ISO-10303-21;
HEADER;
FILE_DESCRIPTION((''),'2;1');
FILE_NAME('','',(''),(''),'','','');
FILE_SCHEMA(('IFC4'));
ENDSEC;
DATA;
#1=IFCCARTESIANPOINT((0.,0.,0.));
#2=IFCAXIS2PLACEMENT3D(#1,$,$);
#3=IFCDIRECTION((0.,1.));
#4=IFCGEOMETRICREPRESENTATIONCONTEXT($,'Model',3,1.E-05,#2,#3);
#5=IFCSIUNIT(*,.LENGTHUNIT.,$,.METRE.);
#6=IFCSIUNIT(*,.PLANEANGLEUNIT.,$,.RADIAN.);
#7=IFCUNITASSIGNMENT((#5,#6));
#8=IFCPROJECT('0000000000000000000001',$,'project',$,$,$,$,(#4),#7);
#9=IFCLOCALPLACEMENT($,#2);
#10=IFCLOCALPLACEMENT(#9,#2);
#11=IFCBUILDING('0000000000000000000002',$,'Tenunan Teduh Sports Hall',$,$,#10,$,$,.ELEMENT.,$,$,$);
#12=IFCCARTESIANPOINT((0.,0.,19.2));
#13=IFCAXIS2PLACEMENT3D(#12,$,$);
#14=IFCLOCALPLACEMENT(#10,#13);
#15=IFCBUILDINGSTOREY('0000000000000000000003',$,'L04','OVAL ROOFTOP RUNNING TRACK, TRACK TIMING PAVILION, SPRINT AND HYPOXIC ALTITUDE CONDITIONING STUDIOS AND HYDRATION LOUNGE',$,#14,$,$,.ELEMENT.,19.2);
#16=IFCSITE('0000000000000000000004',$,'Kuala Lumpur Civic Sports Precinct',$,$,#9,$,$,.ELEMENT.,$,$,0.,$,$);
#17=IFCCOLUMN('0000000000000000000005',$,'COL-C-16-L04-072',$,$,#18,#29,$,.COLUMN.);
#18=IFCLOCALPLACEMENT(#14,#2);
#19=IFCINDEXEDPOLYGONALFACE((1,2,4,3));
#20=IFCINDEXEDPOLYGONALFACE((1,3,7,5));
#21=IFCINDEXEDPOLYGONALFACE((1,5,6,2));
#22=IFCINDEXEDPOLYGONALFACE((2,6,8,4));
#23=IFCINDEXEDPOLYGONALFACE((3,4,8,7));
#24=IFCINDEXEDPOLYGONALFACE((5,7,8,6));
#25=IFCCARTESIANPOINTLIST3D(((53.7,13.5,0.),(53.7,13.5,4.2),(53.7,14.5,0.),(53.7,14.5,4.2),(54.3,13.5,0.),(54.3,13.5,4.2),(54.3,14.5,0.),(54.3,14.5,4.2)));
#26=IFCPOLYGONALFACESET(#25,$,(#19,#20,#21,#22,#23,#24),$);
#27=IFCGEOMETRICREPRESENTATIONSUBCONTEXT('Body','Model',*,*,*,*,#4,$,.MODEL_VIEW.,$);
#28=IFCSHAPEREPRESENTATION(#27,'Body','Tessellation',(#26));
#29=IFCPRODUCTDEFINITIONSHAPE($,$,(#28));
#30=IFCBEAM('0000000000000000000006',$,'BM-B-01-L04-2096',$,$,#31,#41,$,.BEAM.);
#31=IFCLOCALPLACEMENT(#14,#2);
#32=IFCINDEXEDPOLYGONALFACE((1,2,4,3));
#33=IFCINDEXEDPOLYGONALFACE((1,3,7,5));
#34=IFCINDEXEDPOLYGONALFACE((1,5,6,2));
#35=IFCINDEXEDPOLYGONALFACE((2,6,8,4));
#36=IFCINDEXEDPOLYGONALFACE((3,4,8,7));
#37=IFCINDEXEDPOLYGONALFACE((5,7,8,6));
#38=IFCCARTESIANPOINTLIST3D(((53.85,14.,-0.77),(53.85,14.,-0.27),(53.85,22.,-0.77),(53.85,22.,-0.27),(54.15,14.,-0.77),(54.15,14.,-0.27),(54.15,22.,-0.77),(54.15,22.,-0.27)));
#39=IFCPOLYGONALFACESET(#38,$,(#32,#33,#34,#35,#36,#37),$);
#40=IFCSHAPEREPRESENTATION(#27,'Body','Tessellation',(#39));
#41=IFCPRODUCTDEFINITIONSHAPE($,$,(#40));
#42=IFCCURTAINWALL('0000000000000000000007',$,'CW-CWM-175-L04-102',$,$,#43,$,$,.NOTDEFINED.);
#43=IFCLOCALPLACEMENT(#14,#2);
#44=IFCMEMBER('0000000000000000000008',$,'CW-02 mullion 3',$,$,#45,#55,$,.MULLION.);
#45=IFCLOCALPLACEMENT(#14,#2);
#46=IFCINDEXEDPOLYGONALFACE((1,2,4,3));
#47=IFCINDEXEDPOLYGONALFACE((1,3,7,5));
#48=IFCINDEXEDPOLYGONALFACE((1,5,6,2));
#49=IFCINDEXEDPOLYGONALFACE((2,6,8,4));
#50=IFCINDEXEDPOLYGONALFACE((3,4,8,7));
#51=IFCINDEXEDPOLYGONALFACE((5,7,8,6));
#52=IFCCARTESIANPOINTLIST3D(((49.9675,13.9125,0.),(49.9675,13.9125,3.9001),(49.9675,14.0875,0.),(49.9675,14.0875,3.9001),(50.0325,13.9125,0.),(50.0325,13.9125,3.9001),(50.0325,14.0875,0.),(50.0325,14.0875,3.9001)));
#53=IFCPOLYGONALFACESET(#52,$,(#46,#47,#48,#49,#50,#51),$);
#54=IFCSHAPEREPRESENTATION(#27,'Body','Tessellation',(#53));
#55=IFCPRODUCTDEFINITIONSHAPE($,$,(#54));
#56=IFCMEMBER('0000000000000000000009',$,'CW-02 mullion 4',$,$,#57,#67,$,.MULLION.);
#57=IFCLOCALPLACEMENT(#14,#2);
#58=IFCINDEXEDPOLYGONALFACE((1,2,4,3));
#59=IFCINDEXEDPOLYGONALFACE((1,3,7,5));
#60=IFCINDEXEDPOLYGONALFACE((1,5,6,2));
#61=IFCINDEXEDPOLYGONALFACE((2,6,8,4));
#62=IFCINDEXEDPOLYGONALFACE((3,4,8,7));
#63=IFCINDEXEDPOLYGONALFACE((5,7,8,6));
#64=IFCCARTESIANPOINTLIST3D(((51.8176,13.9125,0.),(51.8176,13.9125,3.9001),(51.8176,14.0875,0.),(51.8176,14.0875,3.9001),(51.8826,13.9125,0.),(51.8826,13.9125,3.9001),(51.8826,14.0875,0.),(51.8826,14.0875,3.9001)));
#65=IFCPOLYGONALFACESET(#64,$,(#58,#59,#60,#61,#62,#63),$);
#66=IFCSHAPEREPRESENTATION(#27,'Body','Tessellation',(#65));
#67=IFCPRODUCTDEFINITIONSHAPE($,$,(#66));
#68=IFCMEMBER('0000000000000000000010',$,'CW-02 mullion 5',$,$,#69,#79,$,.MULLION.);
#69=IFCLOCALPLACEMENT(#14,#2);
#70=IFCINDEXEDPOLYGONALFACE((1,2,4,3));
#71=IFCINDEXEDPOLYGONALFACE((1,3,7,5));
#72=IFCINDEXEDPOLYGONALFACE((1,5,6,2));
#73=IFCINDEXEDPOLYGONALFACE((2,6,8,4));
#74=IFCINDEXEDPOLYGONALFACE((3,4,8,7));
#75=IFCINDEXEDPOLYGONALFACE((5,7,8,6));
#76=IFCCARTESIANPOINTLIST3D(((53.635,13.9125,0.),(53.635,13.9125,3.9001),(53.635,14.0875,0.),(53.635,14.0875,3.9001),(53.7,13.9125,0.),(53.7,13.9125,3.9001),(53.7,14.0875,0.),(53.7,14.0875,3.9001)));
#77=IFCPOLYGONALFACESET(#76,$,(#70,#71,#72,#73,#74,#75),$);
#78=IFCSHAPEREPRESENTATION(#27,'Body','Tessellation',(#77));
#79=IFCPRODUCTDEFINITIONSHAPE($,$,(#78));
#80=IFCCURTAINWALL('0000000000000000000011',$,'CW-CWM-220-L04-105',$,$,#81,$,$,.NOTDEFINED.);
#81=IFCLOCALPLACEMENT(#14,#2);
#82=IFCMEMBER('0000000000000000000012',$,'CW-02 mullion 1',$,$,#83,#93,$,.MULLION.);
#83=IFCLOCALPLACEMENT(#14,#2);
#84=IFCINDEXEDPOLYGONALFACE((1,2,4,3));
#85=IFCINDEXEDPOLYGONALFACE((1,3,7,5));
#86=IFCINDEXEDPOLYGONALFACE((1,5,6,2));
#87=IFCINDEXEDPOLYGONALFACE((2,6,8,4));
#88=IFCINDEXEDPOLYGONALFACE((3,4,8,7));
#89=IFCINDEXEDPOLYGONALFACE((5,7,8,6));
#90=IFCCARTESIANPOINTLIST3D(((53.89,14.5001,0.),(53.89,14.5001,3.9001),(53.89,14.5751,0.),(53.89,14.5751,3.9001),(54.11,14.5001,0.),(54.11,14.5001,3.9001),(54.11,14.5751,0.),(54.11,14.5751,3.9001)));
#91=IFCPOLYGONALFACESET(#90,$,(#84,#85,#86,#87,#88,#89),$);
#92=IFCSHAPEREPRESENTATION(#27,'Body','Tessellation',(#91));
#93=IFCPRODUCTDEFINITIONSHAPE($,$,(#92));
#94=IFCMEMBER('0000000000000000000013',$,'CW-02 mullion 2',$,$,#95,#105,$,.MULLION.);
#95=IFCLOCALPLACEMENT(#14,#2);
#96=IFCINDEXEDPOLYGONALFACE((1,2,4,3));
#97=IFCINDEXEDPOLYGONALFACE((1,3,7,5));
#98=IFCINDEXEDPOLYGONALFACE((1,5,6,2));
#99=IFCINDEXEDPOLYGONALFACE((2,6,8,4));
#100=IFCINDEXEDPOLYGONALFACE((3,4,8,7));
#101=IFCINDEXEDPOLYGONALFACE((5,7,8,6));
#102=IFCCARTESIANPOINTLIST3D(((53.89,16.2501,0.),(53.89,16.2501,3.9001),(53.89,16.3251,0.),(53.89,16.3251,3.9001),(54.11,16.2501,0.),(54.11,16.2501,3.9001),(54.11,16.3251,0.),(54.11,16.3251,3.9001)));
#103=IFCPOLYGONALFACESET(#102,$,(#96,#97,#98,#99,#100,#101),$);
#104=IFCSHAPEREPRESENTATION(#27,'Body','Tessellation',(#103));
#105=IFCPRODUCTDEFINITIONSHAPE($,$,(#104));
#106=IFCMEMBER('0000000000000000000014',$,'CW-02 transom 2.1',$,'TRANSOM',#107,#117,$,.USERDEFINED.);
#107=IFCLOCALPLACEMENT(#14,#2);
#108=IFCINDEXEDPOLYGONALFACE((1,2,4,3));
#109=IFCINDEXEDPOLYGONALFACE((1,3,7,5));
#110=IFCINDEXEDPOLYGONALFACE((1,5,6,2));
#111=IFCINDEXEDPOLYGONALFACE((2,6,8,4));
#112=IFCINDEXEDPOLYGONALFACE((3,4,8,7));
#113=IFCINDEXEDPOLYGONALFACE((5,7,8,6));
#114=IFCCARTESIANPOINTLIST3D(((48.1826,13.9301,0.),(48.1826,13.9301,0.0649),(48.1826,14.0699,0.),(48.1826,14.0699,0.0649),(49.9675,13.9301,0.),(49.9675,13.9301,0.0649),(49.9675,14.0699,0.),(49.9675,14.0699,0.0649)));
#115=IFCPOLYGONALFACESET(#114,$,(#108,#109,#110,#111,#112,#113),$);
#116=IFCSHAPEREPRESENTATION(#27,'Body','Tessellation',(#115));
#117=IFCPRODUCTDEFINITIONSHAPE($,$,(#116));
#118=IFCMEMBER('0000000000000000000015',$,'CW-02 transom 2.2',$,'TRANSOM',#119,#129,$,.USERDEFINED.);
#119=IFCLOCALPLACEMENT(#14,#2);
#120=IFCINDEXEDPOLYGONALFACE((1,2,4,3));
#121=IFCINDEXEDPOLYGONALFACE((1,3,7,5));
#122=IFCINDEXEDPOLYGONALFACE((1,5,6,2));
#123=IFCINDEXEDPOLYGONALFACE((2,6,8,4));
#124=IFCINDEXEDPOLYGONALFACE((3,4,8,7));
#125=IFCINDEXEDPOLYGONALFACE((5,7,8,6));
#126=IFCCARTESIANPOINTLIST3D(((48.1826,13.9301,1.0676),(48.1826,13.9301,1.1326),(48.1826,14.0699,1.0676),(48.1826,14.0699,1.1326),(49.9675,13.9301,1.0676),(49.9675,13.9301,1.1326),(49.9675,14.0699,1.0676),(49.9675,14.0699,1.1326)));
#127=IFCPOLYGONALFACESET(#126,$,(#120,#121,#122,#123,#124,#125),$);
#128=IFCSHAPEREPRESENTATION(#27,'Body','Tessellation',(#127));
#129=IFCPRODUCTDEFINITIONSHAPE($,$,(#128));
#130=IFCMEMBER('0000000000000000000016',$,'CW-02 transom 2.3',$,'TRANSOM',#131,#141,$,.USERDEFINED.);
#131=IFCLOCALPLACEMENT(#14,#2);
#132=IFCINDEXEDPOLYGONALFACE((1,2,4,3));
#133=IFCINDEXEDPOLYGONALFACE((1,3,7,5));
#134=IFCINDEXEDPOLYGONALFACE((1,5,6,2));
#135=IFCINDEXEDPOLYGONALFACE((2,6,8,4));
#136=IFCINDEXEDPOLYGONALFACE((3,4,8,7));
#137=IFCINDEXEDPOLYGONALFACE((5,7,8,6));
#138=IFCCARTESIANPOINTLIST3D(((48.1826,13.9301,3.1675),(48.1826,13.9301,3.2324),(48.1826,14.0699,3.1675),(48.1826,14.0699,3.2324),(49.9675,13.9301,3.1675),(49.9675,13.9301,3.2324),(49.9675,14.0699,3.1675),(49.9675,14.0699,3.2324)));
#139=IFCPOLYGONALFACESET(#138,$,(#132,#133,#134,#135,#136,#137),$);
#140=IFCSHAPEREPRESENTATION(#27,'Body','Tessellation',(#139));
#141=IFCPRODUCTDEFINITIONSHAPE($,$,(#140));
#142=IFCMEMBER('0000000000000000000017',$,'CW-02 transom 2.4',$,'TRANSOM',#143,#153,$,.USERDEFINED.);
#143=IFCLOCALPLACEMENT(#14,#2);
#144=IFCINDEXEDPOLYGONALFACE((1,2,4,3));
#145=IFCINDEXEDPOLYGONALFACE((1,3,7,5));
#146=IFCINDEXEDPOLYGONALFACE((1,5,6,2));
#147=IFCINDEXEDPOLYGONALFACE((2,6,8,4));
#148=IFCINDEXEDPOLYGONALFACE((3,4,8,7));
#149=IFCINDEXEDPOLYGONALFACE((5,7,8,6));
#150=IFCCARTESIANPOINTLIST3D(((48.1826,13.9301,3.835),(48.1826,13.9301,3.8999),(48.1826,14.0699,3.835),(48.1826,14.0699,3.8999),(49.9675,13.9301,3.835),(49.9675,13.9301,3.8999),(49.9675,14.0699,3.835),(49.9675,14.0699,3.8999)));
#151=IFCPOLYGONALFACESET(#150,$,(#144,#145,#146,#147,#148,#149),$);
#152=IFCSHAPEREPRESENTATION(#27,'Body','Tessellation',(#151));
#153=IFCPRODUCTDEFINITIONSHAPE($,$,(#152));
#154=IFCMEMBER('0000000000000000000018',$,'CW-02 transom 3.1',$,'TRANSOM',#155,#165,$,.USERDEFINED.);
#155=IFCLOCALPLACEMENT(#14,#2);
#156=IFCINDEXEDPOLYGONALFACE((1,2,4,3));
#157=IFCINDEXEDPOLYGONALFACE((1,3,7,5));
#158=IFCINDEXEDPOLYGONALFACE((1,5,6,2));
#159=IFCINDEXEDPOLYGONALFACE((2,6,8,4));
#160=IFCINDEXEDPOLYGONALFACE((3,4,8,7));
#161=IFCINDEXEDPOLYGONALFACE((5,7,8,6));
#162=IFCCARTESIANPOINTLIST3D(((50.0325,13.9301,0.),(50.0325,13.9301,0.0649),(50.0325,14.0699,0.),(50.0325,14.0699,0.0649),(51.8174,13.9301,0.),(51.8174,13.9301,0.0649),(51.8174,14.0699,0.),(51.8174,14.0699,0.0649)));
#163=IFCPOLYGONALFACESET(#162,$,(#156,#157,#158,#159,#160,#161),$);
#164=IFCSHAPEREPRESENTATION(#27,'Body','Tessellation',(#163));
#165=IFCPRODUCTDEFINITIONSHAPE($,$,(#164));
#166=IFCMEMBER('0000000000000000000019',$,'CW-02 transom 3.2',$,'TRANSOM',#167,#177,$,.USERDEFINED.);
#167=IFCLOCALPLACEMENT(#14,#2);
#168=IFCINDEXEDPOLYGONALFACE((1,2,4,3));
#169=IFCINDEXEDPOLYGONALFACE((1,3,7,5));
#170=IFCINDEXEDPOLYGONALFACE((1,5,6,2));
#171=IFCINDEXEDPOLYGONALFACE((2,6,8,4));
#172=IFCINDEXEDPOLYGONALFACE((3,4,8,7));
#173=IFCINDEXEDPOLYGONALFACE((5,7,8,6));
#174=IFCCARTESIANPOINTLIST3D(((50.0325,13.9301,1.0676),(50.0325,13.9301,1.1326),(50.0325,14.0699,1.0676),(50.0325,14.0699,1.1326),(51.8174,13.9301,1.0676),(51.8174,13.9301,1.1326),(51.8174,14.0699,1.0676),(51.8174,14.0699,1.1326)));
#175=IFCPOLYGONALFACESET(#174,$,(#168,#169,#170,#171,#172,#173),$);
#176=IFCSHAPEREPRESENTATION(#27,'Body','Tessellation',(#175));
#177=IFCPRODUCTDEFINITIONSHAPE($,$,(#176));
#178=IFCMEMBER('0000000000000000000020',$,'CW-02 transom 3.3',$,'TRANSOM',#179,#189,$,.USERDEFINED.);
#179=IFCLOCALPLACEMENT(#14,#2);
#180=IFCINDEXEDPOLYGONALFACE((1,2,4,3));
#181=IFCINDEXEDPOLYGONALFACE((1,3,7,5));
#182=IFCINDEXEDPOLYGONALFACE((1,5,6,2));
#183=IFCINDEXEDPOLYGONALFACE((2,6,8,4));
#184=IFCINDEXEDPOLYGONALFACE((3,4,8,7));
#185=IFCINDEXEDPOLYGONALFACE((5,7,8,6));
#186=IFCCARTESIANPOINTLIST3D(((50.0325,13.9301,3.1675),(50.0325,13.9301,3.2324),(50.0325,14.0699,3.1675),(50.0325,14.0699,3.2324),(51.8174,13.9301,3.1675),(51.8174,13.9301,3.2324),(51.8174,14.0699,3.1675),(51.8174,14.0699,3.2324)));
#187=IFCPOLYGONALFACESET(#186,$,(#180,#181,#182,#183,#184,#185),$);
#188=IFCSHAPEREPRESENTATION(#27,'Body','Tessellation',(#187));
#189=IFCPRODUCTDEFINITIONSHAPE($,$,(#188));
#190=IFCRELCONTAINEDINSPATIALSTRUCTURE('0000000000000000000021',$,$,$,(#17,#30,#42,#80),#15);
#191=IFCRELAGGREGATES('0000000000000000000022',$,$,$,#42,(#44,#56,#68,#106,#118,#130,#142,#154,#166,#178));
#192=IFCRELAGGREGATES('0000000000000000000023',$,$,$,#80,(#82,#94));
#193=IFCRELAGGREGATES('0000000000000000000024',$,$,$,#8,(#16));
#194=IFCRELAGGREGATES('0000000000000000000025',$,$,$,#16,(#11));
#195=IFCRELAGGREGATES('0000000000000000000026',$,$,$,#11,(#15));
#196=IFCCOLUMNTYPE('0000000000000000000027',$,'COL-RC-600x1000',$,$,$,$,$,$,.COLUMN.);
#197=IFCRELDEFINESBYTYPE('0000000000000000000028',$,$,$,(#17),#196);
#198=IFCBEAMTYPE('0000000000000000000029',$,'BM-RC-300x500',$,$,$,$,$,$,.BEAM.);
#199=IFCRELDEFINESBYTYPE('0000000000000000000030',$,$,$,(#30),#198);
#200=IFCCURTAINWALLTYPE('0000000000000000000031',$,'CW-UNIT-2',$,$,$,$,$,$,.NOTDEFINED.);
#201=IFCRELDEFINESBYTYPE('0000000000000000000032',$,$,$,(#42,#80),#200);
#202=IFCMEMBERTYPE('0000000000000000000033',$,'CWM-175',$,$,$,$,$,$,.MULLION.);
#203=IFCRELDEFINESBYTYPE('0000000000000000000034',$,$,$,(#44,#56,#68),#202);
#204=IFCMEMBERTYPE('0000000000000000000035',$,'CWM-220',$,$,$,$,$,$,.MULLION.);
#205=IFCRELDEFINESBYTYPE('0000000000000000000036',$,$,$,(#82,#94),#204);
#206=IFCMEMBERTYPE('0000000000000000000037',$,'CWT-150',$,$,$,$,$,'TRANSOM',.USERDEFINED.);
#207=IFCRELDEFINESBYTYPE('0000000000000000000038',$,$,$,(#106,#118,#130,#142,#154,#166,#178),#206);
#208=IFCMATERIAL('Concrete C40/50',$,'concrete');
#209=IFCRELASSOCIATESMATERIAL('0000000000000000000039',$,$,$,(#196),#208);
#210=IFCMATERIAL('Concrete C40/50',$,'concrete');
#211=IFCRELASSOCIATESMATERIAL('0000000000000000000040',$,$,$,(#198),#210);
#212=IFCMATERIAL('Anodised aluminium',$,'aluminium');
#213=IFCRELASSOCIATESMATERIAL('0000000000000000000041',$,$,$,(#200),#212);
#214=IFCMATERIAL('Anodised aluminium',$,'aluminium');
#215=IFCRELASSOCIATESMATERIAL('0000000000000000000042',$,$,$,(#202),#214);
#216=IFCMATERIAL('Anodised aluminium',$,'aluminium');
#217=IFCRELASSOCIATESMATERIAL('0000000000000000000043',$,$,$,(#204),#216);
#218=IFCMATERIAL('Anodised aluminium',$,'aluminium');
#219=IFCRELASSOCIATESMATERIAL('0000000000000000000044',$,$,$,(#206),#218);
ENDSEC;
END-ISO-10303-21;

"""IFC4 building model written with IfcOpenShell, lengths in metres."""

from ifc_helpers import new_model, si_unit, direction, frame, origin, origin_2d, place, context, subcontext, project, spatial, rectangle, extrude, material, material_profile, profile_set, type_object, element, aggregate, save


model = new_model("IFC4")

# Units and contexts
model_context = context("Model", 3, precision=1e-05, world=origin(), true_north=direction((0.0, 1.0)))
body_context = subcontext(model_context, "Body", "Model", "MODEL_VIEW")
ifc_project = project(units=[si_unit("LENGTHUNIT", "METRE"), si_unit("PLANEANGLEUNIT", "RADIAN")], contexts=[model_context])

# Site, building, storey
site_placement = place(None, origin())
site = spatial("IfcSite", under=ifc_project, at=site_placement, Name="Kuala Lumpur Civic Sports Precinct", CompositionType="ELEMENT", RefElevation=0.0)
building_placement = place(site_placement, origin())
building = spatial("IfcBuilding", under=site, at=building_placement, Name="Tenunan Teduh Sports Hall", CompositionType="ELEMENT")
storey_placement = place(building_placement, frame((0.0, 0.0, 19.2)))
storey = spatial("IfcBuildingStorey", under=building, at=storey_placement, Name="L04", Description="OVAL ROOFTOP RUNNING TRACK, TRACK TIMING PAVILION, SPRINT AND HYPOXIC ALTITUDE CONDITIONING STUDIOS AND HYDRATION LOUNGE", CompositionType="ELEMENT", Elevation=19.2)

# Column
ifc_material_1 = material(Name="Concrete C40/50", Category="concrete")
ifc_material_profile_1 = material_profile(ifc_material_1, rectangle(XDim=0.6001, YDim=1.0, at=origin_2d()), Name="RC 600x1000")
ifc_profile_set_1 = profile_set([ifc_material_profile_1], Name="Concrete C40/50")
column_type = type_object("IfcColumnType", Name="COL-RC-600x1000", PredefinedType="COLUMN", material=ifc_profile_set_1)
column_placement = place(storey_placement, frame((54.0, 14.0, 0.0), z_axis=(0.0, 0.0, 1.0), x_axis=(1.0, 0.0, 0.0)))
element("IfcColumn", 1, at=column_placement, inside=storey, type_object=column_type, Name="COL-C-16-L04-072", PredefinedType="COLUMN", context=body_context, shape_type="SweptSolid", body=[
    extrude(rectangle(XDim=0.6001, YDim=1.0, at=origin_2d()), origin(), (0.0, 0.0, 1.0), 4.2),
])

# Beam
ifc_material_2 = material(Name="Concrete C40/50", Category="concrete")
ifc_material_profile_2 = material_profile(ifc_material_2, rectangle(XDim=0.3, YDim=0.5, at=origin_2d()), Name="RCB 300x500")
ifc_profile_set_2 = profile_set([ifc_material_profile_2], Name="Concrete C40/50")
beam_type = type_object("IfcBeamType", Name="BM-RC-300x500", PredefinedType="BEAM", material=ifc_profile_set_2)
beam_placement = place(storey_placement, frame((54.0, 14.0, -0.52), z_axis=(0.0, 1.0, 0.0), x_axis=(-1.0, 0.0, 0.0)))
element("IfcBeam", 2, at=beam_placement, inside=storey, type_object=beam_type, Name="BM-B-01-L04-2096", PredefinedType="BEAM", context=body_context, shape_type="SweptSolid", body=[
    extrude(rectangle(XDim=0.3, YDim=0.5, at=origin_2d()), origin(), (0.0, 0.0, 1.0), 8.0),
])

# Curtain walls, members
ifc_material_3 = material(Name="Anodised aluminium", Category="aluminium")
curtain_wall_type = type_object("IfcCurtainWallType", Name="CW-UNIT-2", PredefinedType="NOTDEFINED", material=ifc_material_3)
curtain_wall_1_placement = place(storey_placement, origin())
curtain_wall_1 = element("IfcCurtainWall", 3, at=curtain_wall_1_placement, inside=storey, type_object=curtain_wall_type, Name="CW-CWM-175-L04-102", PredefinedType="NOTDEFINED")
ifc_material_4 = material(Name="Anodised aluminium", Category="aluminium")
ifc_material_profile_3 = material_profile(ifc_material_4, rectangle(XDim=0.0649, YDim=0.175, at=origin_2d()), Name="CWM 65x175")
ifc_profile_set_3 = profile_set([ifc_material_profile_3], Name="Anodised aluminium")
member_type_1 = type_object("IfcMemberType", Name="CWM-175", PredefinedType="MULLION", material=ifc_profile_set_3)
member_1_placement = place(storey_placement, frame((50.0, 14.0, 0.0), z_axis=(0.0, 0.0, 1.0), x_axis=(1.0, 0.0, 0.0)))
member_1 = element("IfcMember", 4, at=member_1_placement, type_object=member_type_1, Name="CW-02 mullion 3", PredefinedType="MULLION", context=body_context, shape_type="SweptSolid", body=[
    extrude(rectangle(XDim=0.0649, YDim=0.175, at=origin_2d()), origin(), (0.0, 0.0, 1.0), 3.9001),
])
member_2_placement = place(storey_placement, frame((51.8501, 14.0, 0.0), z_axis=(0.0, 0.0, 1.0), x_axis=(1.0, 0.0, 0.0)))
member_2 = element("IfcMember", 5, at=member_2_placement, type_object=member_type_1, Name="CW-02 mullion 4", PredefinedType="MULLION", context=body_context, shape_type="SweptSolid", body=[
    extrude(rectangle(XDim=0.0649, YDim=0.175, at=origin_2d()), origin(), (0.0, 0.0, 1.0), 3.9001),
])
member_3_placement = place(storey_placement, frame((53.6675, 14.0, 0.0), z_axis=(0.0, 0.0, 1.0), x_axis=(1.0, 0.0, 0.0)))
member_3 = element("IfcMember", 6, at=member_3_placement, type_object=member_type_1, Name="CW-02 mullion 5", PredefinedType="MULLION", context=body_context, shape_type="SweptSolid", body=[
    extrude(rectangle(XDim=0.0649, YDim=0.175, at=origin_2d()), origin(), (0.0, 0.0, 1.0), 3.9001),
])
curtain_wall_2_placement = place(storey_placement, origin())
curtain_wall_2 = element("IfcCurtainWall", 7, at=curtain_wall_2_placement, inside=storey, type_object=curtain_wall_type, Name="CW-CWM-220-L04-105", PredefinedType="NOTDEFINED")
ifc_material_5 = material(Name="Anodised aluminium", Category="aluminium")
ifc_material_profile_4 = material_profile(ifc_material_5, rectangle(XDim=0.075, YDim=0.22, at=origin_2d()), Name="CWM 75x220")
ifc_profile_set_4 = profile_set([ifc_material_profile_4], Name="Anodised aluminium")
member_type_2 = type_object("IfcMemberType", Name="CWM-220", PredefinedType="MULLION", material=ifc_profile_set_4)
member_4_placement = place(storey_placement, frame((54.0, 14.5376, 0.0), z_axis=(0.0, 0.0, 1.0), x_axis=(0.0, 1.0, 0.0)))
member_4 = element("IfcMember", 8, at=member_4_placement, type_object=member_type_2, Name="CW-02 mullion 1", PredefinedType="MULLION", context=body_context, shape_type="SweptSolid", body=[
    extrude(rectangle(XDim=0.075, YDim=0.22, at=origin_2d()), origin(), (0.0, 0.0, 1.0), 3.9001),
])
member_5_placement = place(storey_placement, frame((54.0, 16.2876, 0.0), z_axis=(0.0, 0.0, 1.0), x_axis=(0.0, 1.0, 0.0)))
member_5 = element("IfcMember", 9, at=member_5_placement, type_object=member_type_2, Name="CW-02 mullion 2", PredefinedType="MULLION", context=body_context, shape_type="SweptSolid", body=[
    extrude(rectangle(XDim=0.075, YDim=0.22, at=origin_2d()), origin(), (0.0, 0.0, 1.0), 3.9001),
])

# Members
ifc_material_6 = material(Name="Anodised aluminium", Category="aluminium")
ifc_material_profile_5 = material_profile(ifc_material_6, rectangle(XDim=0.0649, YDim=0.1399, at=origin_2d()), Name="CWT 65x140")
ifc_profile_set_5 = profile_set([ifc_material_profile_5], Name="Anodised aluminium")
member_type_3 = type_object("IfcMemberType", Name="CWT-150", ElementType="TRANSOM", PredefinedType="USERDEFINED", material=ifc_profile_set_5)
member_6_placement = place(storey_placement, frame((48.1826, 14.0, 0.0325), z_axis=(1.0, 0.0, 0.0), x_axis=(0.0, 0.0, 1.0)))
member_6 = element("IfcMember", 10, at=member_6_placement, type_object=member_type_3, Name="CW-02 transom 2.1", ObjectType="TRANSOM", PredefinedType="USERDEFINED", context=body_context, shape_type="SweptSolid", body=[
    extrude(rectangle(XDim=0.0649, YDim=0.1399, at=origin_2d()), origin(), (0.0, 0.0, 1.0), 1.7849),
])
member_7_placement = place(storey_placement, frame((48.1826, 14.0, 1.1001), z_axis=(1.0, 0.0, 0.0), x_axis=(0.0, 0.0, 1.0)))
member_7 = element("IfcMember", 11, at=member_7_placement, type_object=member_type_3, Name="CW-02 transom 2.2", ObjectType="TRANSOM", PredefinedType="USERDEFINED", context=body_context, shape_type="SweptSolid", body=[
    extrude(rectangle(XDim=0.0649, YDim=0.1399, at=origin_2d()), origin(), (0.0, 0.0, 1.0), 1.7849),
])
member_8_placement = place(storey_placement, frame((48.1826, 14.0, 3.2), z_axis=(1.0, 0.0, 0.0), x_axis=(0.0, 0.0, 1.0)))
member_8 = element("IfcMember", 12, at=member_8_placement, type_object=member_type_3, Name="CW-02 transom 2.3", ObjectType="TRANSOM", PredefinedType="USERDEFINED", context=body_context, shape_type="SweptSolid", body=[
    extrude(rectangle(XDim=0.0649, YDim=0.1399, at=origin_2d()), origin(), (0.0, 0.0, 1.0), 1.7849),
])
member_9_placement = place(storey_placement, frame((48.1826, 14.0, 3.8674), z_axis=(1.0, 0.0, 0.0), x_axis=(0.0, 0.0, 1.0)))
member_9 = element("IfcMember", 13, at=member_9_placement, type_object=member_type_3, Name="CW-02 transom 2.4", ObjectType="TRANSOM", PredefinedType="USERDEFINED", context=body_context, shape_type="SweptSolid", body=[
    extrude(rectangle(XDim=0.0649, YDim=0.1399, at=origin_2d()), origin(), (0.0, 0.0, 1.0), 1.7849),
])
member_10_placement = place(storey_placement, frame((50.0325, 14.0, 0.0325), z_axis=(1.0, 0.0, 0.0), x_axis=(0.0, 0.0, 1.0)))
member_10 = element("IfcMember", 14, at=member_10_placement, type_object=member_type_3, Name="CW-02 transom 3.1", ObjectType="TRANSOM", PredefinedType="USERDEFINED", context=body_context, shape_type="SweptSolid", body=[
    extrude(rectangle(XDim=0.0649, YDim=0.1399, at=origin_2d()), origin(), (0.0, 0.0, 1.0), 1.7849),
])
member_11_placement = place(storey_placement, frame((50.0325, 14.0, 1.1001), z_axis=(1.0, 0.0, 0.0), x_axis=(0.0, 0.0, 1.0)))
member_11 = element("IfcMember", 15, at=member_11_placement, type_object=member_type_3, Name="CW-02 transom 3.2", ObjectType="TRANSOM", PredefinedType="USERDEFINED", context=body_context, shape_type="SweptSolid", body=[
    extrude(rectangle(XDim=0.0649, YDim=0.1399, at=origin_2d()), origin(), (0.0, 0.0, 1.0), 1.7849),
])
member_12_placement = place(storey_placement, frame((50.0325, 14.0, 3.2), z_axis=(1.0, 0.0, 0.0), x_axis=(0.0, 0.0, 1.0)))
member_12 = element("IfcMember", 16, at=member_12_placement, type_object=member_type_3, Name="CW-02 transom 3.3", ObjectType="TRANSOM", PredefinedType="USERDEFINED", context=body_context, shape_type="SweptSolid", body=[
    extrude(rectangle(XDim=0.0649, YDim=0.1399, at=origin_2d()), origin(), (0.0, 0.0, 1.0), 1.7849),
])

aggregate(curtain_wall_1, [member_1, member_2, member_3, member_6, member_7, member_8, member_9, member_10, member_11, member_12])
aggregate(curtain_wall_2, [member_4, member_5])

save(model, "model.ifc")
